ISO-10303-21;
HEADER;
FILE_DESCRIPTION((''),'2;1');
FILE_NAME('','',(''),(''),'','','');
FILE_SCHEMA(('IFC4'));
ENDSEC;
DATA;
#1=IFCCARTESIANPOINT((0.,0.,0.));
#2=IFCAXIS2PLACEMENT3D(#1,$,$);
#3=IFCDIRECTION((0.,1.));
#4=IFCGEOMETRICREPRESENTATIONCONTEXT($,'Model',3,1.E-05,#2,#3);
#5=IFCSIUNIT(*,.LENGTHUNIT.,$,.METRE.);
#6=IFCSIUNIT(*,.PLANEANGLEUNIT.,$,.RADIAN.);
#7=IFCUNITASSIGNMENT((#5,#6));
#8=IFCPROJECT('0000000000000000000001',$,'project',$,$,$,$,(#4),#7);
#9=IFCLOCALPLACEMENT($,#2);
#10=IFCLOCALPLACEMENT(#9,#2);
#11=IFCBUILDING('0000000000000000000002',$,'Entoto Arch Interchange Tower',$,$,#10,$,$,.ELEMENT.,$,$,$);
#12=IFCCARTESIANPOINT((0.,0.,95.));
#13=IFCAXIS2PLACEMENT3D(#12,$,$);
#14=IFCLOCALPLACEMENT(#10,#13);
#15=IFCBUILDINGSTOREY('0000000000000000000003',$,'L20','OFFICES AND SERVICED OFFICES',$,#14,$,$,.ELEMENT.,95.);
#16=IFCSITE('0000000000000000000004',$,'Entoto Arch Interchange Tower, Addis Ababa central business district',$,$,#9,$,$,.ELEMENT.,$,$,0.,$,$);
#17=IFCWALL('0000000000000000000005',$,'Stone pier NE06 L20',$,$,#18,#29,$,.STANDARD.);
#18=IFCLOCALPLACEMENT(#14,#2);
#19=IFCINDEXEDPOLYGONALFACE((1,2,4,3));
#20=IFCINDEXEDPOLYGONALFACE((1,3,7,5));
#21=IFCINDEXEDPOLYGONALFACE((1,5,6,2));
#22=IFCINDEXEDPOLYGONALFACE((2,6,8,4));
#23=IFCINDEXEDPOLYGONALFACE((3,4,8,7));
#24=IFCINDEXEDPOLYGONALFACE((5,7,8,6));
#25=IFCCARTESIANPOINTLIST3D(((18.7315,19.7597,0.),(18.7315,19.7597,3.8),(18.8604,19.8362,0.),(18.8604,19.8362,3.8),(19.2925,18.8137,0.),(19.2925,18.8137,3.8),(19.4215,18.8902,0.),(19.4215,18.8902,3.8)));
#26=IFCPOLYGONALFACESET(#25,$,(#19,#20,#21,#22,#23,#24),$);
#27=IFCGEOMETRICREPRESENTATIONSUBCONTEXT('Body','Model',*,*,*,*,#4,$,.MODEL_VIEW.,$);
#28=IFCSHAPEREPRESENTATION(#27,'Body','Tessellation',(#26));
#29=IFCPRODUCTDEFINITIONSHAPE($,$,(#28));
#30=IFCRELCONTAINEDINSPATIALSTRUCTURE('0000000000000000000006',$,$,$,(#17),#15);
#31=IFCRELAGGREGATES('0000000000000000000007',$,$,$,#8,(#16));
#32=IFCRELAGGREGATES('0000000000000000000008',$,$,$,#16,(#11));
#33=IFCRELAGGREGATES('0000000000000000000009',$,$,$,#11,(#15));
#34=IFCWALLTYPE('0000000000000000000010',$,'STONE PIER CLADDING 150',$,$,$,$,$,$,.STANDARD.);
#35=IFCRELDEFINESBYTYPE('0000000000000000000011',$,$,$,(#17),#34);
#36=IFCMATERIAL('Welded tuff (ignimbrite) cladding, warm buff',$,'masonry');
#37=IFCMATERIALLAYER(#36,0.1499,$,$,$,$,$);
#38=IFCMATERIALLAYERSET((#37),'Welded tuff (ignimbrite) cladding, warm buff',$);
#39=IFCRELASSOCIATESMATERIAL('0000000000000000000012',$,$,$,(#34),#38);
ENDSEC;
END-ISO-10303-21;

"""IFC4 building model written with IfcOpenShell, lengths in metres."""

from ifc_helpers import new_model, si_unit, direction, frame, frame_2d, origin, place, context, subcontext, project, spatial, rectangle, extrude, material, layer, layer_set, type_object, element, save


model = new_model("IFC4")

# Units and contexts
model_context = context("Model", 3, precision=1e-05, world=origin(), true_north=direction((0.0, 1.0)))
body_context = subcontext(model_context, "Body", "Model", "MODEL_VIEW")
ifc_project = project(units=[si_unit("LENGTHUNIT", "METRE"), si_unit("PLANEANGLEUNIT", "RADIAN")], contexts=[model_context])

# Site, building, storey
site_placement = place(None, origin())
site = spatial("IfcSite", under=ifc_project, at=site_placement, Name="Entoto Arch Interchange Tower, Addis Ababa central business district", CompositionType="ELEMENT", RefElevation=0.0)
building_placement = place(site_placement, origin())
building = spatial("IfcBuilding", under=site, at=building_placement, Name="Entoto Arch Interchange Tower", CompositionType="ELEMENT")
storey_placement = place(building_placement, frame((0.0, 0.0, 95.0)))
storey = spatial("IfcBuildingStorey", under=building, at=storey_placement, Name="L20", Description="OFFICES AND SERVICED OFFICES", CompositionType="ELEMENT", Elevation=95.0)

# Shared definitions
ifc_material_1 = material(Name="Welded tuff (ignimbrite) cladding, warm buff", Category="masonry")

# Wall
ifc_layer_1 = layer(ifc_material_1, 0.1499)
ifc_layer_set_1 = layer_set([ifc_layer_1], Name="Welded tuff (ignimbrite) cladding, warm buff")
wall_type_1 = type_object("IfcWallType", Name="STONE PIER CLADDING 150", PredefinedType="STANDARD", material=ifc_layer_set_1)
wall_1_placement = place(storey_placement, frame((19.3569, 18.8521, 0.0), z_axis=(0.0, 0.0, 1.0), x_axis=(-0.510082, 0.860126, 0.0)))
element("IfcWall", 1, at=wall_1_placement, inside=storey, type_object=wall_type_1, Name="Stone pier NE06 L20", PredefinedType="STANDARD", context=body_context, shape_type="SweptSolid", body=[
    extrude(rectangle(XDim=1.0999, YDim=0.1499, at=frame_2d((0.5498, 0.0))), origin(), (0.0, 0.0, 1.0), 3.8),
])

save(model, "model.ifc")
